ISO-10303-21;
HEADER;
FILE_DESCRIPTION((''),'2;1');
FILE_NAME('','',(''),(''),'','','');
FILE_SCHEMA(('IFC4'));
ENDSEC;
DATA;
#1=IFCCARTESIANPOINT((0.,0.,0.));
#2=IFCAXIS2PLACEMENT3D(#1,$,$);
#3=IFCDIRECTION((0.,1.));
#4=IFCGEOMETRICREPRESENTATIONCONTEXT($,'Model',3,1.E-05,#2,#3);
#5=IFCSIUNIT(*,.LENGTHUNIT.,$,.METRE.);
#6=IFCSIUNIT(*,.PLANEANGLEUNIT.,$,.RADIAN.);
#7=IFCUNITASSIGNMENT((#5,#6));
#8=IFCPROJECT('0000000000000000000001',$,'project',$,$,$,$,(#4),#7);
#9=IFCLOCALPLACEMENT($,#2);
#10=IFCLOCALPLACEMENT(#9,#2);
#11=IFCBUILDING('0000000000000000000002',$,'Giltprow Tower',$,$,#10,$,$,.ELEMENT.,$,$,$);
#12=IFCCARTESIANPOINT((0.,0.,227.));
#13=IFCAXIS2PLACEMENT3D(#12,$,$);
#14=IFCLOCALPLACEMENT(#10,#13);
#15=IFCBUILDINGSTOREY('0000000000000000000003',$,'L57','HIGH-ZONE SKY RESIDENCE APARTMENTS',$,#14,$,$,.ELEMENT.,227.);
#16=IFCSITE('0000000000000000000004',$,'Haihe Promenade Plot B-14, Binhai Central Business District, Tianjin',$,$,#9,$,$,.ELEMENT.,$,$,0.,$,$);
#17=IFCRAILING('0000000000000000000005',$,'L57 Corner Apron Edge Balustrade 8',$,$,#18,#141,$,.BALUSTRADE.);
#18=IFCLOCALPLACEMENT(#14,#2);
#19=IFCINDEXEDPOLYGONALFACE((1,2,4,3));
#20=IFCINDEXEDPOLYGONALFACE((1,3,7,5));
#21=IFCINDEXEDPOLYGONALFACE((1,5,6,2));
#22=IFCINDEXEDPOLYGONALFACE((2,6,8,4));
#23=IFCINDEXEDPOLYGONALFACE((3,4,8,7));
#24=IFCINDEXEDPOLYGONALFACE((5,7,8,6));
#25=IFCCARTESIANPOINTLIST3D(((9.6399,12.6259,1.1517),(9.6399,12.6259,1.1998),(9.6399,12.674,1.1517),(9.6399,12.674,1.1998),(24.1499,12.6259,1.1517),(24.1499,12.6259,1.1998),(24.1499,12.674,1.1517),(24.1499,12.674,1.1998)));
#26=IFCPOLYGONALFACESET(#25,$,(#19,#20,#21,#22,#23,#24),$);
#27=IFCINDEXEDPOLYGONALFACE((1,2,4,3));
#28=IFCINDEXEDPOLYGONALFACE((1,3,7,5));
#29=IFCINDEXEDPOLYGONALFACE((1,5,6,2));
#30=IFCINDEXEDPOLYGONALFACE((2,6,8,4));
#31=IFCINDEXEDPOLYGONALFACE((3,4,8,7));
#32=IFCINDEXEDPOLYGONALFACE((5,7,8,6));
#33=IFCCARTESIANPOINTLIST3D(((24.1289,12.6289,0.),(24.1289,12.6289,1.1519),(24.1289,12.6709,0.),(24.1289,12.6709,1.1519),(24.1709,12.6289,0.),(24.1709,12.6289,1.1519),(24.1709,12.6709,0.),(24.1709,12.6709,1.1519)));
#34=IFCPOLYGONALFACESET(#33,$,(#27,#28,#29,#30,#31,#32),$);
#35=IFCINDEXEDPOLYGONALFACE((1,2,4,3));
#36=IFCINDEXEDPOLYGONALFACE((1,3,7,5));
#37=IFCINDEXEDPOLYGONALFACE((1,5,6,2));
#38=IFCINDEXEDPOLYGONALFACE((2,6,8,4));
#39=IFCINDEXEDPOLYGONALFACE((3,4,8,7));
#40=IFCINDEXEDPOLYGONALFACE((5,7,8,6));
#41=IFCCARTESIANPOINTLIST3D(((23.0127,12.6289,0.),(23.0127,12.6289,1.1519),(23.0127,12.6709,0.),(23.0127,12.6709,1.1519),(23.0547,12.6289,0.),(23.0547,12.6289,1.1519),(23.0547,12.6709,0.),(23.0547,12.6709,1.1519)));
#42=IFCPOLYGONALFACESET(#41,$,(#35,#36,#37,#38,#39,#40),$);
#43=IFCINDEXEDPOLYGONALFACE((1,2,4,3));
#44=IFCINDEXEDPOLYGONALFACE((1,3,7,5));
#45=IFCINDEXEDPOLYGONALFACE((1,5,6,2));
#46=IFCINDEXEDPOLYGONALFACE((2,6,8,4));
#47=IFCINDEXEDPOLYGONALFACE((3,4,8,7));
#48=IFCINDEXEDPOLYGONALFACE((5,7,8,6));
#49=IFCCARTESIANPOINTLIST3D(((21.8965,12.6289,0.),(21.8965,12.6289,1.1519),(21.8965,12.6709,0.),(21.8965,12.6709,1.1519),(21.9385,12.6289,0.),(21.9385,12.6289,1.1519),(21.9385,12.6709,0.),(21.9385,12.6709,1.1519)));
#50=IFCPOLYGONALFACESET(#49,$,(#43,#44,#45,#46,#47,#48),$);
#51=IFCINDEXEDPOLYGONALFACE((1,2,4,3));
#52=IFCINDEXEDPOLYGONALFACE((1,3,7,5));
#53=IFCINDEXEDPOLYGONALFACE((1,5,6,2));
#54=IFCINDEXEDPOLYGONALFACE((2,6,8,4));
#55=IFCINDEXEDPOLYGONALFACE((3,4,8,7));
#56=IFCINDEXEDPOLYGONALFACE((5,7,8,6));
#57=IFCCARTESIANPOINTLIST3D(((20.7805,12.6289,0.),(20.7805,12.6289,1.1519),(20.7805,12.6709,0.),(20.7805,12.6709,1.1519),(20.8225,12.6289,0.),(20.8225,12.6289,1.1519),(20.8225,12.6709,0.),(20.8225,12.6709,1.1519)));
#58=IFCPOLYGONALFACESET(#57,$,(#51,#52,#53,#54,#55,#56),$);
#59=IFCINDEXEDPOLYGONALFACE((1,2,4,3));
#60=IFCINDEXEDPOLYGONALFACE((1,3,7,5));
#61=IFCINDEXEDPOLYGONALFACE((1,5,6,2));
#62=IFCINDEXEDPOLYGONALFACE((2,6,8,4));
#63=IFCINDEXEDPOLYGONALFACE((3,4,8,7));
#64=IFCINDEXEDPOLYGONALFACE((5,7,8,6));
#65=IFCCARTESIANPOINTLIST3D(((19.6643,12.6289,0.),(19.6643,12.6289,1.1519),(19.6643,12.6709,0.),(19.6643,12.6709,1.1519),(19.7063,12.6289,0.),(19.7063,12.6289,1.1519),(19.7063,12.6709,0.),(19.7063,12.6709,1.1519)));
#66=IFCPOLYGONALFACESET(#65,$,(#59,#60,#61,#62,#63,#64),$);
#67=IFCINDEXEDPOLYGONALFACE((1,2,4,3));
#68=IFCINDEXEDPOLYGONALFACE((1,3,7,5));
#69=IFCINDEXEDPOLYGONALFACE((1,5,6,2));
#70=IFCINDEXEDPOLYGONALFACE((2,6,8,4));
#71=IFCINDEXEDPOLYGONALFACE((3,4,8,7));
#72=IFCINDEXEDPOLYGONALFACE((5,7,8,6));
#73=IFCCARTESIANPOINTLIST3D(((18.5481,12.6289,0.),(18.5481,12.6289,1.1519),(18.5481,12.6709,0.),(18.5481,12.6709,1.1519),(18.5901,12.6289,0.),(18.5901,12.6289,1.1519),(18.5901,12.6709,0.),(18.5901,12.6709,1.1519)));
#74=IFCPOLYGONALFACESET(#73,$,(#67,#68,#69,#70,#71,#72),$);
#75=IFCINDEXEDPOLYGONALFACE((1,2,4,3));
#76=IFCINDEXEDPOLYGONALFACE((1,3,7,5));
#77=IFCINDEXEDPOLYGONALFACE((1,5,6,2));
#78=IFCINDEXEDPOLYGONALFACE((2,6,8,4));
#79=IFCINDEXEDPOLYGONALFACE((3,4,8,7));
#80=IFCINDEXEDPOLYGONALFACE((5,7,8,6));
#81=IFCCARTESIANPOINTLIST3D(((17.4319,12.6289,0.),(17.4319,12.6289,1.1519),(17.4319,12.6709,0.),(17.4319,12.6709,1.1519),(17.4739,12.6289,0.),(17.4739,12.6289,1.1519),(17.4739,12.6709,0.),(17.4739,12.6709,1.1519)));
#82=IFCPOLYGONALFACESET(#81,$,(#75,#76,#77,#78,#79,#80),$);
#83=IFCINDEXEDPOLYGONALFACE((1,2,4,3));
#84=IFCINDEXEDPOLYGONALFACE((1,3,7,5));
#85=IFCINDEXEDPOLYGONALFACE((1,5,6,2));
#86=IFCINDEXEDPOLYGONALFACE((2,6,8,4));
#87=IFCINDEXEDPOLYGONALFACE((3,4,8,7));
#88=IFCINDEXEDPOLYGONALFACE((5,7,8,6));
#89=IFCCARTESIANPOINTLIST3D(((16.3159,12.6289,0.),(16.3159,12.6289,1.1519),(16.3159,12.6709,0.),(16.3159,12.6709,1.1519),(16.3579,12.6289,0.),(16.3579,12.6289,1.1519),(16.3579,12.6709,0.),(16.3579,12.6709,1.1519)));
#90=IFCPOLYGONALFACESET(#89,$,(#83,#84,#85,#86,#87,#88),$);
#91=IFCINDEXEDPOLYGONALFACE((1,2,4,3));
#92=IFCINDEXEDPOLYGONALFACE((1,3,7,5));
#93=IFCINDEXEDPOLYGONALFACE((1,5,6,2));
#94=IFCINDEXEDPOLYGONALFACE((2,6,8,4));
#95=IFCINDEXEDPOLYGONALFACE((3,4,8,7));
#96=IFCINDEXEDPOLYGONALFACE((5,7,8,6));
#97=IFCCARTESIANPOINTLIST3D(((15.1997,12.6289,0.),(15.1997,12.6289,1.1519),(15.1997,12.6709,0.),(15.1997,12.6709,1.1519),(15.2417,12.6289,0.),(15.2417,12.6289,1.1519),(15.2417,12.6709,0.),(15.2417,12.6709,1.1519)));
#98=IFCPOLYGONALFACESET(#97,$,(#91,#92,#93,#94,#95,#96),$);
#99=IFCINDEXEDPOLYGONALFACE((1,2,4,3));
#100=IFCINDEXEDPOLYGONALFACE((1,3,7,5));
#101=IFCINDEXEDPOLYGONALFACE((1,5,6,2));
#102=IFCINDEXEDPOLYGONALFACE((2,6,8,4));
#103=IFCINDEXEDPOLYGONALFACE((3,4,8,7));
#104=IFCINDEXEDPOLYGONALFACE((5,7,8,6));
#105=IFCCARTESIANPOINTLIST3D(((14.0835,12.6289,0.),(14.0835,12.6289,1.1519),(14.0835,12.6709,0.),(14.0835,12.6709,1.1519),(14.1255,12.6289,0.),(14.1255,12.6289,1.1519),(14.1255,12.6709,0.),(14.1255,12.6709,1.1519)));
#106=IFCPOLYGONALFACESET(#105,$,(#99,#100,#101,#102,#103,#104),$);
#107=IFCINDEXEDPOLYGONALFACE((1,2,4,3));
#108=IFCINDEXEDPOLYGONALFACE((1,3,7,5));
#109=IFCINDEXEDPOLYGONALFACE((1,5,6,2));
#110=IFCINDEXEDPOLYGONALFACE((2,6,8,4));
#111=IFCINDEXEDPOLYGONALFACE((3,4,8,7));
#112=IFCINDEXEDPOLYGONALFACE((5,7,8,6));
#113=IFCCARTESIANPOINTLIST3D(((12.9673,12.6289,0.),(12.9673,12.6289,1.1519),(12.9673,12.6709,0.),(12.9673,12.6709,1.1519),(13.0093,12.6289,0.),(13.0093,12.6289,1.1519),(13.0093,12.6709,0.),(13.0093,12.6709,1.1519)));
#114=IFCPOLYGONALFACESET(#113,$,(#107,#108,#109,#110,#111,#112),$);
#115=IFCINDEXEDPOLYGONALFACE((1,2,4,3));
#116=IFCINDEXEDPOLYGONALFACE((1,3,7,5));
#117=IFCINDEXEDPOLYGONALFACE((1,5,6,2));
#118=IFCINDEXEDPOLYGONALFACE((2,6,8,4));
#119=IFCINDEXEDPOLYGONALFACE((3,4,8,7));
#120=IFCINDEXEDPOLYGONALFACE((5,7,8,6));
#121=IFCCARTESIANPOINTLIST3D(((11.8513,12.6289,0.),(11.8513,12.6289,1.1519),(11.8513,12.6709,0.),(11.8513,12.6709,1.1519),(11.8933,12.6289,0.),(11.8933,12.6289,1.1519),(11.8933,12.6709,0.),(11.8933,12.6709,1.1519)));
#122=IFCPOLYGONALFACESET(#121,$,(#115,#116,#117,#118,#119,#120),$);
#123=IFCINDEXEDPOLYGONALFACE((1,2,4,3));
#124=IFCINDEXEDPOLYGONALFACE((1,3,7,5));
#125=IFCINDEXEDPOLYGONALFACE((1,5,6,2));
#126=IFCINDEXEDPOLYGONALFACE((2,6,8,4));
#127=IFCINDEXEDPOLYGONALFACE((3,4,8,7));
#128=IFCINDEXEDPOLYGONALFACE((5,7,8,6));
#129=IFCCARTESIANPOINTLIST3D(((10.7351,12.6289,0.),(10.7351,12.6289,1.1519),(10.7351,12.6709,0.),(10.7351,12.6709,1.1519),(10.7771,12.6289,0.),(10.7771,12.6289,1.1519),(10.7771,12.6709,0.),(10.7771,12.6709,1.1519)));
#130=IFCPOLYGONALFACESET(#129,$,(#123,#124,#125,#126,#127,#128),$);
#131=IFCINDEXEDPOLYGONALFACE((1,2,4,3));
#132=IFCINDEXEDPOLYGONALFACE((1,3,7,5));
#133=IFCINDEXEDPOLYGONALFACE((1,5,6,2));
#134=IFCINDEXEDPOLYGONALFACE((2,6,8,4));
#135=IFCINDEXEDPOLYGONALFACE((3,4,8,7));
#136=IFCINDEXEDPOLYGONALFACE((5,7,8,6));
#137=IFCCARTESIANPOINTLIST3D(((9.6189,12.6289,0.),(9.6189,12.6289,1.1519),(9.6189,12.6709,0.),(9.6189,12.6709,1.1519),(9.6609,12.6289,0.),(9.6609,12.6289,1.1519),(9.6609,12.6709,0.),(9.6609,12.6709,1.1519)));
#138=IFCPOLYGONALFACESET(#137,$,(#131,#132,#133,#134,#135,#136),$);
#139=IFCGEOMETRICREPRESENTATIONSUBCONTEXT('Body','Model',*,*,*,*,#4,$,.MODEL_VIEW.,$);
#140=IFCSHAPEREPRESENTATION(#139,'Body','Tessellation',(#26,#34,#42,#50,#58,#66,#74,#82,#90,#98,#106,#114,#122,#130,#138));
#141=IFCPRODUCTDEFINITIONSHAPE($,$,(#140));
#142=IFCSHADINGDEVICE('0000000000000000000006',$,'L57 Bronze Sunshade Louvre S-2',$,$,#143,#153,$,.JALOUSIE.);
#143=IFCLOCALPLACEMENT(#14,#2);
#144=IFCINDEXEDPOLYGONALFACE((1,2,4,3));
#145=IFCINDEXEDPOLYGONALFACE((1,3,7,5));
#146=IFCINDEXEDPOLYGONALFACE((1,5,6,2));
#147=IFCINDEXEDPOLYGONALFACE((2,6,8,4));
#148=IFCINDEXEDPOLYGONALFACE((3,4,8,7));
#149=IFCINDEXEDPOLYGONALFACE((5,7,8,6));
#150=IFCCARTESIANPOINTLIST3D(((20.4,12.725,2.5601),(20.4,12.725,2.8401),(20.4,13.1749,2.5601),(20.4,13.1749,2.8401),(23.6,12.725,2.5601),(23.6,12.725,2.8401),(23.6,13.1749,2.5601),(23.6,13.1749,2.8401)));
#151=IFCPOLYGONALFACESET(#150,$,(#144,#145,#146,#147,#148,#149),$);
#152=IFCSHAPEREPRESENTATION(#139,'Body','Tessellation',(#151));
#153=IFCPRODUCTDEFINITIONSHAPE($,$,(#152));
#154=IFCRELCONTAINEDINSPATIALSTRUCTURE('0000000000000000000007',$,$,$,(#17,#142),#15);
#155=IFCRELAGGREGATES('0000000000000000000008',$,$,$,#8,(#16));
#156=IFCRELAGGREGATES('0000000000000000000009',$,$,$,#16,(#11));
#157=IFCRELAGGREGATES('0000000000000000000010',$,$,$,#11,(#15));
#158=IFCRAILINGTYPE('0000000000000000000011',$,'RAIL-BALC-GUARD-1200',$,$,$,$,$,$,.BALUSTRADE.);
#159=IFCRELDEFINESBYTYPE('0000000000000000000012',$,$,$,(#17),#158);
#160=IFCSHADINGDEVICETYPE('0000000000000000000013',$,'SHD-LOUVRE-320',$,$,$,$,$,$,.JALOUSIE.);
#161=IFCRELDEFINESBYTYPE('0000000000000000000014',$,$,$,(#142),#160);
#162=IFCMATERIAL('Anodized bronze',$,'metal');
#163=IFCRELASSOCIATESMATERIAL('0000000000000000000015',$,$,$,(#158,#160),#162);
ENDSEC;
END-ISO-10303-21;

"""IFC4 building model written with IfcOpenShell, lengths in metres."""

from ifc_helpers import new_model, si_unit, direction, frame, origin, origin_2d, place, context, subcontext, project, spatial, rectangle, extrude, source, transform, mapped, material, type_object, element, save


model = new_model("IFC4")

# Units and contexts
model_context = context("Model", 3, precision=1e-05, world=origin(), true_north=direction((0.0, 1.0)))
body_context = subcontext(model_context, "Body", "Model", "MODEL_VIEW")
ifc_project = project(units=[si_unit("LENGTHUNIT", "METRE"), si_unit("PLANEANGLEUNIT", "RADIAN")], contexts=[model_context])

# Site, building, storey
site_placement = place(None, origin())
site = spatial("IfcSite", under=ifc_project, at=site_placement, Name="Haihe Promenade Plot B-14, Binhai Central Business District, Tianjin", CompositionType="ELEMENT", RefElevation=0.0)
building_placement = place(site_placement, origin())
building = spatial("IfcBuilding", under=site, at=building_placement, Name="Giltprow Tower", CompositionType="ELEMENT")
storey_placement = place(building_placement, frame((0.0, 0.0, 227.0)))
storey = spatial("IfcBuildingStorey", under=building, at=storey_placement, Name="L57", Description="HIGH-ZONE SKY RESIDENCE APARTMENTS", CompositionType="ELEMENT", Elevation=227.0)

# Shared definitions
ifc_material_1 = material(Name="Anodized bronze", Category="metal")

# Railing
railing_type = type_object("IfcRailingType", Name="RAIL-BALC-GUARD-1200", PredefinedType="BALUSTRADE", material=ifc_material_1)
railing_1_placement = place(storey_placement, frame((24.1499, 12.6499, 0.0)))
element("IfcRailing", 1, at=railing_1_placement, inside=storey, type_object=railing_type, Name="L57 Corner Apron Edge Balustrade 8", PredefinedType="BALUSTRADE", context=body_context, shape_type="SweptSolid", body=[
    extrude(rectangle(XDim=0.0481, YDim=0.0481, at=origin_2d()), frame((0.0, 0.0, 1.1758), z_axis=(-1.0, 0.0, 0.0), x_axis=(0.0, -1.0, 0.0)), (0.0, 0.0, 1.0), 14.51),
    extrude(rectangle(XDim=0.042, YDim=0.042, at=origin_2d()), origin(), (0.0, 0.0, 1.0), 1.1519),
    extrude(rectangle(XDim=0.042, YDim=0.042, at=origin_2d()), frame((-1.1162, 0.0, 0.0)), (0.0, 0.0, 1.0), 1.1519),
    extrude(rectangle(XDim=0.042, YDim=0.042, at=origin_2d()), frame((-2.2324, 0.0, 0.0)), (0.0, 0.0, 1.0), 1.1519),
    extrude(rectangle(XDim=0.042, YDim=0.042, at=origin_2d()), frame((-3.3484, 0.0, 0.0)), (0.0, 0.0, 1.0), 1.1519),
    extrude(rectangle(XDim=0.042, YDim=0.042, at=origin_2d()), frame((-4.4646, 0.0, 0.0)), (0.0, 0.0, 1.0), 1.1519),
    extrude(rectangle(XDim=0.042, YDim=0.042, at=origin_2d()), frame((-5.5808, 0.0, 0.0)), (0.0, 0.0, 1.0), 1.1519),
    extrude(rectangle(XDim=0.042, YDim=0.042, at=origin_2d()), frame((-6.697, 0.0, 0.0)), (0.0, 0.0, 1.0), 1.1519),
    extrude(rectangle(XDim=0.042, YDim=0.042, at=origin_2d()), frame((-7.813, 0.0, 0.0)), (0.0, 0.0, 1.0), 1.1519),
    extrude(rectangle(XDim=0.042, YDim=0.042, at=origin_2d()), frame((-8.9292, 0.0, 0.0)), (0.0, 0.0, 1.0), 1.1519),
    extrude(rectangle(XDim=0.042, YDim=0.042, at=origin_2d()), frame((-10.0454, 0.0, 0.0)), (0.0, 0.0, 1.0), 1.1519),
    extrude(rectangle(XDim=0.042, YDim=0.042, at=origin_2d()), frame((-11.1616, 0.0, 0.0)), (0.0, 0.0, 1.0), 1.1519),
    extrude(rectangle(XDim=0.042, YDim=0.042, at=origin_2d()), frame((-12.2776, 0.0, 0.0)), (0.0, 0.0, 1.0), 1.1519),
    extrude(rectangle(XDim=0.042, YDim=0.042, at=origin_2d()), frame((-13.3938, 0.0, 0.0)), (0.0, 0.0, 1.0), 1.1519),
    extrude(rectangle(XDim=0.042, YDim=0.042, at=origin_2d()), frame((-14.51, 0.0, 0.0)), (0.0, 0.0, 1.0), 1.1519),
])

# Shading device
shading_device_type = type_object("IfcShadingDeviceType", Name="SHD-LOUVRE-320", PredefinedType="JALOUSIE", material=ifc_material_1)
shared_shape_1 = source(origin(), body_context, "Body", "SweptSolid", [
    extrude(rectangle(XDim=3.2, YDim=0.45, at=origin_2d()), origin(), (0.0, 0.0, 1.0), 0.28),
])
shading_device_placement = place(storey_placement, frame((22.0, 12.95, 2.5601), z_axis=(0.0, 0.0, 1.0), x_axis=(1.0, 0.0, 0.0)))
element("IfcShadingDevice", 2, at=shading_device_placement, inside=storey, type_object=shading_device_type, Name="L57 Bronze Sunshade Louvre S-2", PredefinedType="JALOUSIE", context=body_context, shape_type="MappedRepresentation", body=[
    mapped(shared_shape_1, transform((0.0, 0.0, 0.0), x_axis=(1.0, 0.0, 0.0), y_axis=(0.0, 1.0, 0.0), z_axis=(0.0, 0.0, 1.0), scale=1.0)),
])

save(model, "model.ifc")
